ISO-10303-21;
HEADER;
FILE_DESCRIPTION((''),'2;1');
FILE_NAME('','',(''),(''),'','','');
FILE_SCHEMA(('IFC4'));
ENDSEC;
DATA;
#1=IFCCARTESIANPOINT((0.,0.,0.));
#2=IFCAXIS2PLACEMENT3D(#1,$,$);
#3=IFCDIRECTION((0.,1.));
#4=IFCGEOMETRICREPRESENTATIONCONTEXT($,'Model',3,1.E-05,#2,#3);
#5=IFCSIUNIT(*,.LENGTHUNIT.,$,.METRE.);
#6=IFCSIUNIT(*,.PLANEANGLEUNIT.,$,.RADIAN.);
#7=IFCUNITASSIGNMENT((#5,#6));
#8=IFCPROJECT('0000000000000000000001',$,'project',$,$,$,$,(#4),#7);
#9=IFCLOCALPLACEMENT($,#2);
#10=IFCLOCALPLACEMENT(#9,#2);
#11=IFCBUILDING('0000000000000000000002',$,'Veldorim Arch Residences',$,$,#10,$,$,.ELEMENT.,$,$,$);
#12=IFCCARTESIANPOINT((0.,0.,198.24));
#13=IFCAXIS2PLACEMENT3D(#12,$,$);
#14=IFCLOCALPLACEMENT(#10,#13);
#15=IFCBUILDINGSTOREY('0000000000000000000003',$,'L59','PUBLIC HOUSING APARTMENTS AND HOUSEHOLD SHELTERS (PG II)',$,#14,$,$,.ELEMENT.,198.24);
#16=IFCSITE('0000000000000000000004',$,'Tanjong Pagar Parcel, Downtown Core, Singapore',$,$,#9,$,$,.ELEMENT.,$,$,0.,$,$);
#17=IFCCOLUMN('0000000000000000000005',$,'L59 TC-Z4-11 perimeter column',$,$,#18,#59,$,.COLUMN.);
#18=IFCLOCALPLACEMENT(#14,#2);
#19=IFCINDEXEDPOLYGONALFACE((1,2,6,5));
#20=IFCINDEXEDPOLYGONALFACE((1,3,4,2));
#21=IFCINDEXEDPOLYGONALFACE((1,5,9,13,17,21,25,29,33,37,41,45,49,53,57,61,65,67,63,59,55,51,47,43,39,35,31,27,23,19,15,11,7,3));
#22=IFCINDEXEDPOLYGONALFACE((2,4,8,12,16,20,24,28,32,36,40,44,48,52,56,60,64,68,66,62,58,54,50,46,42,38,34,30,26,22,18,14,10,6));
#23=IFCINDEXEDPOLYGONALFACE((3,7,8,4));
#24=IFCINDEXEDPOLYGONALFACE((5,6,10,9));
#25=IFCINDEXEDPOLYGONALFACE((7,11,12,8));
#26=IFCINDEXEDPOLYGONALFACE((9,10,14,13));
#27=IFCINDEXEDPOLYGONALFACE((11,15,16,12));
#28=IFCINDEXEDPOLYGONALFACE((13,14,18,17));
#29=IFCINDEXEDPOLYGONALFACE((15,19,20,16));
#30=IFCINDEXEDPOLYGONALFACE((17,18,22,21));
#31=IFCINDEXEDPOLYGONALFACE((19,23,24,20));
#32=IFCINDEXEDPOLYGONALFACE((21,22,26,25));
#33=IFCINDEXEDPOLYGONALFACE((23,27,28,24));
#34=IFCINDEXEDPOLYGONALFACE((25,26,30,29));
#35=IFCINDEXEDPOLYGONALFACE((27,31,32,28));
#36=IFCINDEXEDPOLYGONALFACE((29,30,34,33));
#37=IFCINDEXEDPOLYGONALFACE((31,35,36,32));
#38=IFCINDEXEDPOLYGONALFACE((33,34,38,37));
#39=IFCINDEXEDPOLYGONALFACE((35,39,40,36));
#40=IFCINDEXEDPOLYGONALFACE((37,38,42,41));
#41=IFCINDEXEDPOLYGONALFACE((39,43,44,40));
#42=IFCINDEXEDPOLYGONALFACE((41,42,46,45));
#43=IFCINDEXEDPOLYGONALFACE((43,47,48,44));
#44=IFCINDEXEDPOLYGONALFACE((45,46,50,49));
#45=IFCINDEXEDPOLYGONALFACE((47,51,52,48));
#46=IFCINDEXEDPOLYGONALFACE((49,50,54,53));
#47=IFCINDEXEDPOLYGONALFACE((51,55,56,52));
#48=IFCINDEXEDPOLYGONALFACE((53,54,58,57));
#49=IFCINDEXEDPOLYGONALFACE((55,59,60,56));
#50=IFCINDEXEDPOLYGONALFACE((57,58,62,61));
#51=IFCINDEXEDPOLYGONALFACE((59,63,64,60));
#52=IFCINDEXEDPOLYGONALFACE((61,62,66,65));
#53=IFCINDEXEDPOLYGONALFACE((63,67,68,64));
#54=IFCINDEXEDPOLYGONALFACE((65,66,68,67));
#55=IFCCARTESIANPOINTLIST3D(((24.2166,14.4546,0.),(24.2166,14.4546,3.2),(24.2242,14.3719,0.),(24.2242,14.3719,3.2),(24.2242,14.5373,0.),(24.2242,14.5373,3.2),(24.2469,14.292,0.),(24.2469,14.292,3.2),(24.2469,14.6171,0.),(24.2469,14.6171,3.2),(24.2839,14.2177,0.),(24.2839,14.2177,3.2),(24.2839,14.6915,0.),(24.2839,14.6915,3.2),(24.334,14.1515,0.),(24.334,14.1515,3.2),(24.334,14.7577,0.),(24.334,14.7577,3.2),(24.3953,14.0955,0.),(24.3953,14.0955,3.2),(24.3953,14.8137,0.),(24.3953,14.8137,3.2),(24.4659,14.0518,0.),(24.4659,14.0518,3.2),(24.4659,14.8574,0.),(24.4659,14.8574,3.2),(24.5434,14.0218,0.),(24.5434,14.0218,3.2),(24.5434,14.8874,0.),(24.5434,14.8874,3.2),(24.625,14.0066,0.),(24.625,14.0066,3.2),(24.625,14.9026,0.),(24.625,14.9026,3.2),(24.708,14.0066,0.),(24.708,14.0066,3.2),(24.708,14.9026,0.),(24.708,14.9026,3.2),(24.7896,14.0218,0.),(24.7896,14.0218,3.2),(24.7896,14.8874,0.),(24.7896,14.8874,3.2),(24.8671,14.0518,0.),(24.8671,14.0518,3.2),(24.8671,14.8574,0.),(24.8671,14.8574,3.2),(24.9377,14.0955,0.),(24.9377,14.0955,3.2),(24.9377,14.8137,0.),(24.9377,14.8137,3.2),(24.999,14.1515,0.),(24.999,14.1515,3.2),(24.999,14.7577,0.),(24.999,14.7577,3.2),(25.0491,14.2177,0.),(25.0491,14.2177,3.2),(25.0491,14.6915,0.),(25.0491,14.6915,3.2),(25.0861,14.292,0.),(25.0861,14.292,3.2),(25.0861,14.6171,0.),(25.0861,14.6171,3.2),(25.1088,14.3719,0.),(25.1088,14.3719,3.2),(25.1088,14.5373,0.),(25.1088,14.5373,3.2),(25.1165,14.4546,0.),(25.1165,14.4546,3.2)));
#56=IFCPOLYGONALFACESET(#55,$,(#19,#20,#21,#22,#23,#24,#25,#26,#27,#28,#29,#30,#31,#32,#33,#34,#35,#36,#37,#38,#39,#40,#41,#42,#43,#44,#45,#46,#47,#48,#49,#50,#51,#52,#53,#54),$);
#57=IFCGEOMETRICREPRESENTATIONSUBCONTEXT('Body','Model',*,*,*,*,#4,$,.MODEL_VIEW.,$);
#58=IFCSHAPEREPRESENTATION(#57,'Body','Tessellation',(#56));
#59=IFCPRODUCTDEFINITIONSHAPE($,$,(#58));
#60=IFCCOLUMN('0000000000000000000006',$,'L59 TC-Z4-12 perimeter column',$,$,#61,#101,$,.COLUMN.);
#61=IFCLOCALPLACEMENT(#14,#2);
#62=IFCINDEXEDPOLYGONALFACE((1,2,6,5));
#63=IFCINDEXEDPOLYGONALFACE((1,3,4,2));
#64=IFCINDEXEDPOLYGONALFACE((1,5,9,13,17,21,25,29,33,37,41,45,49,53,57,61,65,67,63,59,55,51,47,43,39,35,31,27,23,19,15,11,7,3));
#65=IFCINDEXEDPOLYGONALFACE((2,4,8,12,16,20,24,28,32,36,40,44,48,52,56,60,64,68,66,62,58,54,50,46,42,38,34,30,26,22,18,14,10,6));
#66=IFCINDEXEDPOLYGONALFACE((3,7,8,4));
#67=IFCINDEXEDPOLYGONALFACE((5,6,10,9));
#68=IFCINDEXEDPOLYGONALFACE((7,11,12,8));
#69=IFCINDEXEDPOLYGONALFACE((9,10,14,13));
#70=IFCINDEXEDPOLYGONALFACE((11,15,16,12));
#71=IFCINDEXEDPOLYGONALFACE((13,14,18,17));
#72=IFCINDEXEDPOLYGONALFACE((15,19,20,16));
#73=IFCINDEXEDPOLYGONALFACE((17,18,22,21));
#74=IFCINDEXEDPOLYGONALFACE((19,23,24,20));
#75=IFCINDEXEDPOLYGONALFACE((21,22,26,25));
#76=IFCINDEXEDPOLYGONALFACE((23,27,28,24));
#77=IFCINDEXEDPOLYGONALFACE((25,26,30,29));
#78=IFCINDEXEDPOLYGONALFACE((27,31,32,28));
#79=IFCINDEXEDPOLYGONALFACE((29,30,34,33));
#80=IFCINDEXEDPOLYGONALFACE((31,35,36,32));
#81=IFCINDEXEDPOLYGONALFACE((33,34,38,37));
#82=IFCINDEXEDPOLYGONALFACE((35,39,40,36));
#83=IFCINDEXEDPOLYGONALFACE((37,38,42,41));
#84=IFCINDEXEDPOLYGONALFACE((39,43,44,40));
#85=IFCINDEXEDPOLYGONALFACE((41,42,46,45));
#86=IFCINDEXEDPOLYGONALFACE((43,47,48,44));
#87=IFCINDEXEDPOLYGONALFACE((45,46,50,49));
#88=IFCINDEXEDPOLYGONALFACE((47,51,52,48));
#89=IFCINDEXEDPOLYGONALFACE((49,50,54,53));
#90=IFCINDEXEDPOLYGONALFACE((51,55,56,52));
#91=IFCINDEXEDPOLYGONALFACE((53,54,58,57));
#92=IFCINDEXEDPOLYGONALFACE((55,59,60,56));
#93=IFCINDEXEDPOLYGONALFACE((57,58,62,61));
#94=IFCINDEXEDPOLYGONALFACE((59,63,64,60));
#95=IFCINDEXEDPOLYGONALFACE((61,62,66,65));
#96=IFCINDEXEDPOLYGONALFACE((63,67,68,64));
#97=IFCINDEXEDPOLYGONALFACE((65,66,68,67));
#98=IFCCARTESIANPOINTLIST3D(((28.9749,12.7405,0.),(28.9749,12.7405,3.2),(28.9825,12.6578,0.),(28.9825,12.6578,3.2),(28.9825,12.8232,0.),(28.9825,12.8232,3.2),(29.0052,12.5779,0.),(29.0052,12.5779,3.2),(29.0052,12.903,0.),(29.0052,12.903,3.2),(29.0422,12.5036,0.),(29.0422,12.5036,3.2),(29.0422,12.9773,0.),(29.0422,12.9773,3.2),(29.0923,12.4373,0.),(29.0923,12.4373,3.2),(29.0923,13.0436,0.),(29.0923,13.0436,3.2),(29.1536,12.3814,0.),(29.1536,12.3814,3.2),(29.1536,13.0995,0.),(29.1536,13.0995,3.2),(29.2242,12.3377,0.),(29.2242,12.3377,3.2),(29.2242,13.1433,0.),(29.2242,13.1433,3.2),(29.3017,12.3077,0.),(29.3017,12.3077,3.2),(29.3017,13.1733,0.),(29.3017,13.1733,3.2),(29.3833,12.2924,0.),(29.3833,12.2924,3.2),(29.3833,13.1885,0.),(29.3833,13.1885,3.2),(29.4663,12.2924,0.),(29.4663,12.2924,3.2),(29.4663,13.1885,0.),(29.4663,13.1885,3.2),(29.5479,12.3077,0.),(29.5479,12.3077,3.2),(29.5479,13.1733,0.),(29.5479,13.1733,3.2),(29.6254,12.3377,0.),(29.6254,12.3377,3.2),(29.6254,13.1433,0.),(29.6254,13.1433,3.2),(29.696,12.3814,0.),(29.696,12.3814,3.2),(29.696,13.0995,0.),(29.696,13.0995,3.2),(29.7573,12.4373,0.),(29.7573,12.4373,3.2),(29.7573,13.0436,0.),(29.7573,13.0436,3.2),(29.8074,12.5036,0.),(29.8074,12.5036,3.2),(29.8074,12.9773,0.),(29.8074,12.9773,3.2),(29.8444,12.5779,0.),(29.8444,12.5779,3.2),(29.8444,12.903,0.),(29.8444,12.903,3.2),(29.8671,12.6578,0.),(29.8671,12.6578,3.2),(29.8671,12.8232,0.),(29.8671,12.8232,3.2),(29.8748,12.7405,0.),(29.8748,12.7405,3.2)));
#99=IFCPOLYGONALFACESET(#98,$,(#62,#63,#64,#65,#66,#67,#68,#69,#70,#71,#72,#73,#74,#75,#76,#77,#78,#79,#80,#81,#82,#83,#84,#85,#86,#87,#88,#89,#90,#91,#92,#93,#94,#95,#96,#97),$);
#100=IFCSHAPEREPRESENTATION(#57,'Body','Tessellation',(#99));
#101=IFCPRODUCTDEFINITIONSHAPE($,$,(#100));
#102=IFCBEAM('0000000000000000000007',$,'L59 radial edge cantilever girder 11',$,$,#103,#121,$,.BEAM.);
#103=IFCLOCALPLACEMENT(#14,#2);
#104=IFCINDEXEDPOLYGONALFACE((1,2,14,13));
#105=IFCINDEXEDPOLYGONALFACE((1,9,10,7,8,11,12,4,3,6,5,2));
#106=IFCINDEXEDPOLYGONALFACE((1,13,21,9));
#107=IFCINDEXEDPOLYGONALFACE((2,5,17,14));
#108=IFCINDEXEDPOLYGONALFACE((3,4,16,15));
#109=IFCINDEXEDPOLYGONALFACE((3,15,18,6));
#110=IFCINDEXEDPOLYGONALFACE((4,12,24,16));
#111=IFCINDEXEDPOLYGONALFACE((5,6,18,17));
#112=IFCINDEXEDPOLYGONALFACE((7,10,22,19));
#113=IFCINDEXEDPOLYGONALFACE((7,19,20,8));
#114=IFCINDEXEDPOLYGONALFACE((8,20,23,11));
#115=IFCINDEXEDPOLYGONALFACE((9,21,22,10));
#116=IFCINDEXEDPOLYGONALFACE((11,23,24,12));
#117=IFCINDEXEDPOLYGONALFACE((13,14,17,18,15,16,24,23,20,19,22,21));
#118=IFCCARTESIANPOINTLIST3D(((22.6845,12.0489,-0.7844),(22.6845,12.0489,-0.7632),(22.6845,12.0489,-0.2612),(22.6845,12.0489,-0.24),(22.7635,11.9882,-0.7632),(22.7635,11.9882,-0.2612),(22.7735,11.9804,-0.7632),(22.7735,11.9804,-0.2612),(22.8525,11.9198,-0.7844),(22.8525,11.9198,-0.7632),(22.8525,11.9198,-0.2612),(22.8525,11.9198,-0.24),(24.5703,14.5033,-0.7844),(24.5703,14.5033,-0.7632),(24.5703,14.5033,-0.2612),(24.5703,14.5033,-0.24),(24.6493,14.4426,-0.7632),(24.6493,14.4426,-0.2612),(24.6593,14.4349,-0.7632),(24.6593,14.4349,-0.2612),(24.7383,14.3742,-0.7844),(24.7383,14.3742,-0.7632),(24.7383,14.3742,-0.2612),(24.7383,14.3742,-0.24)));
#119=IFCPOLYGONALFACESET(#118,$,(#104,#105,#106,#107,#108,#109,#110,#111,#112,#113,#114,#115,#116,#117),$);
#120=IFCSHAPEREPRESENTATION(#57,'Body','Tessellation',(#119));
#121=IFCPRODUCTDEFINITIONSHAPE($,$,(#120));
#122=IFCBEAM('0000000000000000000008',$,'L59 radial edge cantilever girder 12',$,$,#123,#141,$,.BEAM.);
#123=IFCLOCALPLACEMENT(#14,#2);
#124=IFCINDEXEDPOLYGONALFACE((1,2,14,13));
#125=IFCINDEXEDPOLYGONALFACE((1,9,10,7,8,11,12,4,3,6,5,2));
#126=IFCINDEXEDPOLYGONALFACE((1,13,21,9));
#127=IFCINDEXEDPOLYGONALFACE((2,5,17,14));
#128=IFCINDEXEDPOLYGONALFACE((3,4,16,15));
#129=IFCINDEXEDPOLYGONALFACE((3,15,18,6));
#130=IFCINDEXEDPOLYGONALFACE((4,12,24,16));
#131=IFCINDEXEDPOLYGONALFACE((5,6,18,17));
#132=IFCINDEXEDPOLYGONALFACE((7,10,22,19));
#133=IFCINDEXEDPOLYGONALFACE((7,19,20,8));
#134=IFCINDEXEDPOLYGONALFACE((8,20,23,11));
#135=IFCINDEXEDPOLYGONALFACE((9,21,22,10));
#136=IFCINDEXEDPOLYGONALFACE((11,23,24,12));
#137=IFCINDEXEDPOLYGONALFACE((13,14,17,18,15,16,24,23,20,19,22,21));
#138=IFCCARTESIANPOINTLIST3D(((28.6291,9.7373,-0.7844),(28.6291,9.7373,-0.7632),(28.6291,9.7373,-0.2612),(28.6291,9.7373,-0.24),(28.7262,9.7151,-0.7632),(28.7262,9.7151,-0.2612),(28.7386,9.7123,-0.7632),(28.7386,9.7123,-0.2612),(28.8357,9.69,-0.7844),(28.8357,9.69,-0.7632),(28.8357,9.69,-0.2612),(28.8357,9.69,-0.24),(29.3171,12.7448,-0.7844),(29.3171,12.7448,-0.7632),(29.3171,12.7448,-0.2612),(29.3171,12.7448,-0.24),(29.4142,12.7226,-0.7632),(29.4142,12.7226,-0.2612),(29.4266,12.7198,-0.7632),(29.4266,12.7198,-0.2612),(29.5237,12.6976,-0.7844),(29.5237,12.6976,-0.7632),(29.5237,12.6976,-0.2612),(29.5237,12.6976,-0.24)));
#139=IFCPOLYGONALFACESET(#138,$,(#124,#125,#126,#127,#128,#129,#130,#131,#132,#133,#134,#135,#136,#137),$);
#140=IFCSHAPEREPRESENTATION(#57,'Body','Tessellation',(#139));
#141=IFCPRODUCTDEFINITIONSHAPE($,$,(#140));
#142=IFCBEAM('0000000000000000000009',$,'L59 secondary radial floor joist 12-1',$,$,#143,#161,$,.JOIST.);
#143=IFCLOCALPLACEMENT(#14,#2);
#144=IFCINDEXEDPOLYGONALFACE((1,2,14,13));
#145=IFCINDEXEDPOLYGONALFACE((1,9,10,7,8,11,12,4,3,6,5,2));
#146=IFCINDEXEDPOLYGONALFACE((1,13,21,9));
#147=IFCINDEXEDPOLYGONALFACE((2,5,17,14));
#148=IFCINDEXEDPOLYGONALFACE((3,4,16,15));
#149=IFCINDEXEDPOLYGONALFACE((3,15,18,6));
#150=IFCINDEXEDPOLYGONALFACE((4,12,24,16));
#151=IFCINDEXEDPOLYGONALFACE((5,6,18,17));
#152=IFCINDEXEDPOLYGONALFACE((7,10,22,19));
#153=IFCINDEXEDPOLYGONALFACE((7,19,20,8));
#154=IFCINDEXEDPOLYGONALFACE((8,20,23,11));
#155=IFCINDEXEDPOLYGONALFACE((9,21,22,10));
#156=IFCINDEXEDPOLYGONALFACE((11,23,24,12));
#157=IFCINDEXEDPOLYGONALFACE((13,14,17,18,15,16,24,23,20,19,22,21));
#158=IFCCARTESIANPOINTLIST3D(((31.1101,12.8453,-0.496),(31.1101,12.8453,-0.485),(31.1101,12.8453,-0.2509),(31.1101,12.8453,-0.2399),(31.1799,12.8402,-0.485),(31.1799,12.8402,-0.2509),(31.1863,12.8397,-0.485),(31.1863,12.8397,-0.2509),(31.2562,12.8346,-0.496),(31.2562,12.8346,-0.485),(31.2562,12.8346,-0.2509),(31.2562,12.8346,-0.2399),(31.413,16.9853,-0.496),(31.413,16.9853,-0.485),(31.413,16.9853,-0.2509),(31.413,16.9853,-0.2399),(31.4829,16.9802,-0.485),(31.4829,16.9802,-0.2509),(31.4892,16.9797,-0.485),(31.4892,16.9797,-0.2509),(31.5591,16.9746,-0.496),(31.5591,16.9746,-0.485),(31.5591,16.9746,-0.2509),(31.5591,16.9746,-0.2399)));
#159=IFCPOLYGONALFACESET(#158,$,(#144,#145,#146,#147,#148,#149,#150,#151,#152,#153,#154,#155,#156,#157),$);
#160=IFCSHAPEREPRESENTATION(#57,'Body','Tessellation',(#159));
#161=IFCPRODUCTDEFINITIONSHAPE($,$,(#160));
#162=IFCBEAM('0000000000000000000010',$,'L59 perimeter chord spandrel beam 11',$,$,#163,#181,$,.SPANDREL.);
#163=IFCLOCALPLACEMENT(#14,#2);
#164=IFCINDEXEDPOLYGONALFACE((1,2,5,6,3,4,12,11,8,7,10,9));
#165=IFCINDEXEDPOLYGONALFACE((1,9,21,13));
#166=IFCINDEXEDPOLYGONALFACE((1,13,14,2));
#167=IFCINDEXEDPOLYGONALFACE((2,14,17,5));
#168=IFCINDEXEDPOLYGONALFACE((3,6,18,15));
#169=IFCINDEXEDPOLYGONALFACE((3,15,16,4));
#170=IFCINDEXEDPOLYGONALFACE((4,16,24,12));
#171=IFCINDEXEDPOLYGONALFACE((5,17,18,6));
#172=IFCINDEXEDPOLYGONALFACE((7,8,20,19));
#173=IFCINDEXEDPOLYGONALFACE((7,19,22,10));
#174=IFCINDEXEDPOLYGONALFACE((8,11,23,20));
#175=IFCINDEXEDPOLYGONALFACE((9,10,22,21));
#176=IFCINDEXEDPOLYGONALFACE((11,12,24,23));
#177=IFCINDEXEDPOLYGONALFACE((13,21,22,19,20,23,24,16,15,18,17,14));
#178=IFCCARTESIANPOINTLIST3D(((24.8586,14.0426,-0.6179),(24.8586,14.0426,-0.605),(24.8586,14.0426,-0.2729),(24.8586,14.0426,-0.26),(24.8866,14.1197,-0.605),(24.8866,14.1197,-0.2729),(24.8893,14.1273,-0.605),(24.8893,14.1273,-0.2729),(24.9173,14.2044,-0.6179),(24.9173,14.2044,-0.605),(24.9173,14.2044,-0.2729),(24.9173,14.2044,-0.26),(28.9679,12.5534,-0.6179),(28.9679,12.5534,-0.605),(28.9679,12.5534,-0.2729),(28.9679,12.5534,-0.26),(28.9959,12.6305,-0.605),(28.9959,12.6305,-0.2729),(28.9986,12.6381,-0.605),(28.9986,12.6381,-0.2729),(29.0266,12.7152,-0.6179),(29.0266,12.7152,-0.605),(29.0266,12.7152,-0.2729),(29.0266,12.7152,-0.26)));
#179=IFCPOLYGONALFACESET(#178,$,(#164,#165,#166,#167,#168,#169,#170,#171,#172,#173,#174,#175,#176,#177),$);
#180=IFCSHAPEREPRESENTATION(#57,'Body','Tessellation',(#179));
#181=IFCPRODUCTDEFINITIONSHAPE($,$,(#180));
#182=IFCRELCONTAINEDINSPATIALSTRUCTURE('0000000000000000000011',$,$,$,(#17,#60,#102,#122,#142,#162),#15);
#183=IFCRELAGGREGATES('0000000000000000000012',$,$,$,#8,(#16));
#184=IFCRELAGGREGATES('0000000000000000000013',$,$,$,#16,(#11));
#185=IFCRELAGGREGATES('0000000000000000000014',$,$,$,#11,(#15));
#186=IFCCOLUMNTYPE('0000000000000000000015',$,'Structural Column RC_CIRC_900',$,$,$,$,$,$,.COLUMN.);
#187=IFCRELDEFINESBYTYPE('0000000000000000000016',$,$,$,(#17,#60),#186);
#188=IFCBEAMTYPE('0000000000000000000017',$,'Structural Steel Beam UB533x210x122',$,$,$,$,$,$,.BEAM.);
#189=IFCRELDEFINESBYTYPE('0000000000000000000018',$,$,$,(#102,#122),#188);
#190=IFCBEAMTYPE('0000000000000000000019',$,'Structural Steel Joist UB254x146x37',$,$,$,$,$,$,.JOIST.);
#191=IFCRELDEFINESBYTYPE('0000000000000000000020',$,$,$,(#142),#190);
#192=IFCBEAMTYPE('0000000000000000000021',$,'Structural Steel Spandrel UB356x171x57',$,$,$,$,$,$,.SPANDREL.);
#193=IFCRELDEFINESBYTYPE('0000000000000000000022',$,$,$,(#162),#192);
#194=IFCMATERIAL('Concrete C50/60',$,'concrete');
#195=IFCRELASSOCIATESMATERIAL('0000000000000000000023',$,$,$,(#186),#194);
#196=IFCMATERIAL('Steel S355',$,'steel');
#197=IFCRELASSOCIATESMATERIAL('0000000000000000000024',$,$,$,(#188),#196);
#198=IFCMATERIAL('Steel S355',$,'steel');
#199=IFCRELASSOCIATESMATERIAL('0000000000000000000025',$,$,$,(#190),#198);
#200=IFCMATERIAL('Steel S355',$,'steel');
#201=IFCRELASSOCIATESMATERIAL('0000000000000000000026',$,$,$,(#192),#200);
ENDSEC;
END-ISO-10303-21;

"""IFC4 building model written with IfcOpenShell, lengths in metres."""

from ifc_helpers import new_model, si_unit, direction, frame, origin, origin_2d, place, context, subcontext, project, spatial, circle, i_section, extrude, material, material_profile, profile_set, type_object, element, save


model = new_model("IFC4")

# Units and contexts
model_context = context("Model", 3, precision=1e-05, world=origin(), true_north=direction((0.0, 1.0)))
body_context = subcontext(model_context, "Body", "Model", "MODEL_VIEW")
ifc_project = project(units=[si_unit("LENGTHUNIT", "METRE"), si_unit("PLANEANGLEUNIT", "RADIAN")], contexts=[model_context])

# Site, building, storey
site_placement = place(None, origin())
site = spatial("IfcSite", under=ifc_project, at=site_placement, Name="Tanjong Pagar Parcel, Downtown Core, Singapore", CompositionType="ELEMENT", RefElevation=0.0)
building_placement = place(site_placement, origin())
building = spatial("IfcBuilding", under=site, at=building_placement, Name="Veldorim Arch Residences", CompositionType="ELEMENT")
storey_placement = place(building_placement, frame((0.0, 0.0, 198.24)))
storey = spatial("IfcBuildingStorey", under=building, at=storey_placement, Name="L59", Description="PUBLIC HOUSING APARTMENTS AND HOUSEHOLD SHELTERS (PG II)", CompositionType="ELEMENT", Elevation=198.24)

# Columns
ifc_material_1 = material(Name="Concrete C50/60", Category="concrete")
ifc_material_profile_1 = material_profile(ifc_material_1, circle(Radius=0.45, at=origin_2d()), Name="RC_CIRC_900")
ifc_profile_set_1 = profile_set([ifc_material_profile_1], Name="Concrete C50/60")
column_type = type_object("IfcColumnType", Name="Structural Column RC_CIRC_900", PredefinedType="COLUMN", material=ifc_profile_set_1)
for number, where, z_axis, x_axis, name in (
    (1, (24.6665, 14.4546, 0.0), (0.0, 0.0, 1.0), (1.0, 0.0, 0.0), "L59 TC-Z4-11 perimeter column"),
    (2, (29.4248, 12.7405, 0.0), (0.0, 0.0, 1.0), (1.0, 0.0, 0.0), "L59 TC-Z4-12 perimeter column"),
):
    element("IfcColumn", number, at=place(storey_placement, frame(where, z_axis=z_axis, x_axis=x_axis)), inside=storey, type_object=column_type, Name=name, PredefinedType="COLUMN", context=body_context, shape_type="SweptSolid", body=[
        extrude(circle(Radius=0.45, at=origin_2d()), origin(), (0.0, 0.0, 1.0), 3.2),
    ])

# Beams
ifc_material_2 = material(Name="Steel S355", Category="steel")
ifc_material_profile_2 = material_profile(ifc_material_2, i_section(OverallWidth=0.2119, OverallDepth=0.5444, WebThickness=0.0127, FlangeThickness=0.0212, at=origin_2d()), Name="UB533x210x122")
ifc_profile_set_2 = profile_set([ifc_material_profile_2], Name="Steel S355")
beam_type_1 = type_object("IfcBeamType", Name="Structural Steel Beam UB533x210x122", PredefinedType="BEAM", material=ifc_profile_set_2)
beam_1_placement = place(storey_placement, frame((24.6543, 14.4387, -0.5122), z_axis=(-0.609261, -0.79297, 0.0), x_axis=(0.79297, -0.609261, 0.0)))
element("IfcBeam", 3, at=beam_1_placement, inside=storey, type_object=beam_type_1, Name="L59 radial edge cantilever girder 11", PredefinedType="BEAM", context=body_context, shape_type="SweptSolid", body=[
    extrude(i_section(OverallWidth=0.2119, OverallDepth=0.5444, WebThickness=0.0127, FlangeThickness=0.0212, at=origin_2d()), origin(), (0.0, 0.0, 1.0), 3.0952),
])
beam_2_placement = place(storey_placement, frame((29.4204, 12.7212, -0.5122), z_axis=(-0.222992, -0.97482, 0.0), x_axis=(0.97482, -0.222992, 0.0)))
element("IfcBeam", 4, at=beam_2_placement, inside=storey, type_object=beam_type_1, Name="L59 radial edge cantilever girder 12", PredefinedType="BEAM", context=body_context, shape_type="SweptSolid", body=[
    extrude(i_section(OverallWidth=0.2119, OverallDepth=0.5444, WebThickness=0.0127, FlangeThickness=0.0212, at=origin_2d()), origin(), (0.0, 0.0, 1.0), 3.0852),
])
ifc_material_3 = material(Name="Steel S355", Category="steel")
ifc_material_profile_3 = material_profile(ifc_material_3, i_section(OverallWidth=0.1465, OverallDepth=0.2561, WebThickness=0.0063, FlangeThickness=0.011, at=origin_2d()), Name="UB254x146x37")
ifc_profile_set_3 = profile_set([ifc_material_profile_3], Name="Steel S355")
beam_type_2 = type_object("IfcBeamType", Name="Structural Steel Joist UB254x146x37", PredefinedType="JOIST", material=ifc_profile_set_3)
beam_3_placement = place(storey_placement, frame((31.4861, 16.98, -0.3679), z_axis=(-0.072986, -0.997333, 0.0), x_axis=(0.997333, -0.072986, 0.0)))
element("IfcBeam", 5, at=beam_3_placement, inside=storey, type_object=beam_type_2, Name="L59 secondary radial floor joist 12-1", PredefinedType="JOIST", context=body_context, shape_type="SweptSolid", body=[
    extrude(i_section(OverallWidth=0.1465, OverallDepth=0.2561, WebThickness=0.0063, FlangeThickness=0.011, at=origin_2d()), origin(), (0.0, 0.0, 1.0), 4.1511),
])
ifc_material_4 = material(Name="Steel S355", Category="steel")
ifc_material_profile_4 = material_profile(ifc_material_4, i_section(OverallWidth=0.1721, OverallDepth=0.3579, WebThickness=0.0081, FlangeThickness=0.0129, at=origin_2d()), Name="UB356x171x57")
ifc_profile_set_4 = profile_set([ifc_material_profile_4], Name="Steel S355")
beam_type_3 = type_object("IfcBeamType", Name="Structural Steel Spandrel UB356x171x57", PredefinedType="SPANDREL", material=ifc_profile_set_4)
beam_4_placement = place(storey_placement, frame((24.8879, 14.1235, -0.439), z_axis=(0.940165, -0.34072, 0.0), x_axis=(0.34072, 0.940165, 0.0)))
element("IfcBeam", 6, at=beam_4_placement, inside=storey, type_object=beam_type_3, Name="L59 perimeter chord spandrel beam 11", PredefinedType="SPANDREL", context=body_context, shape_type="SweptSolid", body=[
    extrude(i_section(OverallWidth=0.1721, OverallDepth=0.3579, WebThickness=0.0081, FlangeThickness=0.0129, at=origin_2d()), origin(), (0.0, 0.0, 1.0), 4.3708),
])

save(model, "model.ifc")
